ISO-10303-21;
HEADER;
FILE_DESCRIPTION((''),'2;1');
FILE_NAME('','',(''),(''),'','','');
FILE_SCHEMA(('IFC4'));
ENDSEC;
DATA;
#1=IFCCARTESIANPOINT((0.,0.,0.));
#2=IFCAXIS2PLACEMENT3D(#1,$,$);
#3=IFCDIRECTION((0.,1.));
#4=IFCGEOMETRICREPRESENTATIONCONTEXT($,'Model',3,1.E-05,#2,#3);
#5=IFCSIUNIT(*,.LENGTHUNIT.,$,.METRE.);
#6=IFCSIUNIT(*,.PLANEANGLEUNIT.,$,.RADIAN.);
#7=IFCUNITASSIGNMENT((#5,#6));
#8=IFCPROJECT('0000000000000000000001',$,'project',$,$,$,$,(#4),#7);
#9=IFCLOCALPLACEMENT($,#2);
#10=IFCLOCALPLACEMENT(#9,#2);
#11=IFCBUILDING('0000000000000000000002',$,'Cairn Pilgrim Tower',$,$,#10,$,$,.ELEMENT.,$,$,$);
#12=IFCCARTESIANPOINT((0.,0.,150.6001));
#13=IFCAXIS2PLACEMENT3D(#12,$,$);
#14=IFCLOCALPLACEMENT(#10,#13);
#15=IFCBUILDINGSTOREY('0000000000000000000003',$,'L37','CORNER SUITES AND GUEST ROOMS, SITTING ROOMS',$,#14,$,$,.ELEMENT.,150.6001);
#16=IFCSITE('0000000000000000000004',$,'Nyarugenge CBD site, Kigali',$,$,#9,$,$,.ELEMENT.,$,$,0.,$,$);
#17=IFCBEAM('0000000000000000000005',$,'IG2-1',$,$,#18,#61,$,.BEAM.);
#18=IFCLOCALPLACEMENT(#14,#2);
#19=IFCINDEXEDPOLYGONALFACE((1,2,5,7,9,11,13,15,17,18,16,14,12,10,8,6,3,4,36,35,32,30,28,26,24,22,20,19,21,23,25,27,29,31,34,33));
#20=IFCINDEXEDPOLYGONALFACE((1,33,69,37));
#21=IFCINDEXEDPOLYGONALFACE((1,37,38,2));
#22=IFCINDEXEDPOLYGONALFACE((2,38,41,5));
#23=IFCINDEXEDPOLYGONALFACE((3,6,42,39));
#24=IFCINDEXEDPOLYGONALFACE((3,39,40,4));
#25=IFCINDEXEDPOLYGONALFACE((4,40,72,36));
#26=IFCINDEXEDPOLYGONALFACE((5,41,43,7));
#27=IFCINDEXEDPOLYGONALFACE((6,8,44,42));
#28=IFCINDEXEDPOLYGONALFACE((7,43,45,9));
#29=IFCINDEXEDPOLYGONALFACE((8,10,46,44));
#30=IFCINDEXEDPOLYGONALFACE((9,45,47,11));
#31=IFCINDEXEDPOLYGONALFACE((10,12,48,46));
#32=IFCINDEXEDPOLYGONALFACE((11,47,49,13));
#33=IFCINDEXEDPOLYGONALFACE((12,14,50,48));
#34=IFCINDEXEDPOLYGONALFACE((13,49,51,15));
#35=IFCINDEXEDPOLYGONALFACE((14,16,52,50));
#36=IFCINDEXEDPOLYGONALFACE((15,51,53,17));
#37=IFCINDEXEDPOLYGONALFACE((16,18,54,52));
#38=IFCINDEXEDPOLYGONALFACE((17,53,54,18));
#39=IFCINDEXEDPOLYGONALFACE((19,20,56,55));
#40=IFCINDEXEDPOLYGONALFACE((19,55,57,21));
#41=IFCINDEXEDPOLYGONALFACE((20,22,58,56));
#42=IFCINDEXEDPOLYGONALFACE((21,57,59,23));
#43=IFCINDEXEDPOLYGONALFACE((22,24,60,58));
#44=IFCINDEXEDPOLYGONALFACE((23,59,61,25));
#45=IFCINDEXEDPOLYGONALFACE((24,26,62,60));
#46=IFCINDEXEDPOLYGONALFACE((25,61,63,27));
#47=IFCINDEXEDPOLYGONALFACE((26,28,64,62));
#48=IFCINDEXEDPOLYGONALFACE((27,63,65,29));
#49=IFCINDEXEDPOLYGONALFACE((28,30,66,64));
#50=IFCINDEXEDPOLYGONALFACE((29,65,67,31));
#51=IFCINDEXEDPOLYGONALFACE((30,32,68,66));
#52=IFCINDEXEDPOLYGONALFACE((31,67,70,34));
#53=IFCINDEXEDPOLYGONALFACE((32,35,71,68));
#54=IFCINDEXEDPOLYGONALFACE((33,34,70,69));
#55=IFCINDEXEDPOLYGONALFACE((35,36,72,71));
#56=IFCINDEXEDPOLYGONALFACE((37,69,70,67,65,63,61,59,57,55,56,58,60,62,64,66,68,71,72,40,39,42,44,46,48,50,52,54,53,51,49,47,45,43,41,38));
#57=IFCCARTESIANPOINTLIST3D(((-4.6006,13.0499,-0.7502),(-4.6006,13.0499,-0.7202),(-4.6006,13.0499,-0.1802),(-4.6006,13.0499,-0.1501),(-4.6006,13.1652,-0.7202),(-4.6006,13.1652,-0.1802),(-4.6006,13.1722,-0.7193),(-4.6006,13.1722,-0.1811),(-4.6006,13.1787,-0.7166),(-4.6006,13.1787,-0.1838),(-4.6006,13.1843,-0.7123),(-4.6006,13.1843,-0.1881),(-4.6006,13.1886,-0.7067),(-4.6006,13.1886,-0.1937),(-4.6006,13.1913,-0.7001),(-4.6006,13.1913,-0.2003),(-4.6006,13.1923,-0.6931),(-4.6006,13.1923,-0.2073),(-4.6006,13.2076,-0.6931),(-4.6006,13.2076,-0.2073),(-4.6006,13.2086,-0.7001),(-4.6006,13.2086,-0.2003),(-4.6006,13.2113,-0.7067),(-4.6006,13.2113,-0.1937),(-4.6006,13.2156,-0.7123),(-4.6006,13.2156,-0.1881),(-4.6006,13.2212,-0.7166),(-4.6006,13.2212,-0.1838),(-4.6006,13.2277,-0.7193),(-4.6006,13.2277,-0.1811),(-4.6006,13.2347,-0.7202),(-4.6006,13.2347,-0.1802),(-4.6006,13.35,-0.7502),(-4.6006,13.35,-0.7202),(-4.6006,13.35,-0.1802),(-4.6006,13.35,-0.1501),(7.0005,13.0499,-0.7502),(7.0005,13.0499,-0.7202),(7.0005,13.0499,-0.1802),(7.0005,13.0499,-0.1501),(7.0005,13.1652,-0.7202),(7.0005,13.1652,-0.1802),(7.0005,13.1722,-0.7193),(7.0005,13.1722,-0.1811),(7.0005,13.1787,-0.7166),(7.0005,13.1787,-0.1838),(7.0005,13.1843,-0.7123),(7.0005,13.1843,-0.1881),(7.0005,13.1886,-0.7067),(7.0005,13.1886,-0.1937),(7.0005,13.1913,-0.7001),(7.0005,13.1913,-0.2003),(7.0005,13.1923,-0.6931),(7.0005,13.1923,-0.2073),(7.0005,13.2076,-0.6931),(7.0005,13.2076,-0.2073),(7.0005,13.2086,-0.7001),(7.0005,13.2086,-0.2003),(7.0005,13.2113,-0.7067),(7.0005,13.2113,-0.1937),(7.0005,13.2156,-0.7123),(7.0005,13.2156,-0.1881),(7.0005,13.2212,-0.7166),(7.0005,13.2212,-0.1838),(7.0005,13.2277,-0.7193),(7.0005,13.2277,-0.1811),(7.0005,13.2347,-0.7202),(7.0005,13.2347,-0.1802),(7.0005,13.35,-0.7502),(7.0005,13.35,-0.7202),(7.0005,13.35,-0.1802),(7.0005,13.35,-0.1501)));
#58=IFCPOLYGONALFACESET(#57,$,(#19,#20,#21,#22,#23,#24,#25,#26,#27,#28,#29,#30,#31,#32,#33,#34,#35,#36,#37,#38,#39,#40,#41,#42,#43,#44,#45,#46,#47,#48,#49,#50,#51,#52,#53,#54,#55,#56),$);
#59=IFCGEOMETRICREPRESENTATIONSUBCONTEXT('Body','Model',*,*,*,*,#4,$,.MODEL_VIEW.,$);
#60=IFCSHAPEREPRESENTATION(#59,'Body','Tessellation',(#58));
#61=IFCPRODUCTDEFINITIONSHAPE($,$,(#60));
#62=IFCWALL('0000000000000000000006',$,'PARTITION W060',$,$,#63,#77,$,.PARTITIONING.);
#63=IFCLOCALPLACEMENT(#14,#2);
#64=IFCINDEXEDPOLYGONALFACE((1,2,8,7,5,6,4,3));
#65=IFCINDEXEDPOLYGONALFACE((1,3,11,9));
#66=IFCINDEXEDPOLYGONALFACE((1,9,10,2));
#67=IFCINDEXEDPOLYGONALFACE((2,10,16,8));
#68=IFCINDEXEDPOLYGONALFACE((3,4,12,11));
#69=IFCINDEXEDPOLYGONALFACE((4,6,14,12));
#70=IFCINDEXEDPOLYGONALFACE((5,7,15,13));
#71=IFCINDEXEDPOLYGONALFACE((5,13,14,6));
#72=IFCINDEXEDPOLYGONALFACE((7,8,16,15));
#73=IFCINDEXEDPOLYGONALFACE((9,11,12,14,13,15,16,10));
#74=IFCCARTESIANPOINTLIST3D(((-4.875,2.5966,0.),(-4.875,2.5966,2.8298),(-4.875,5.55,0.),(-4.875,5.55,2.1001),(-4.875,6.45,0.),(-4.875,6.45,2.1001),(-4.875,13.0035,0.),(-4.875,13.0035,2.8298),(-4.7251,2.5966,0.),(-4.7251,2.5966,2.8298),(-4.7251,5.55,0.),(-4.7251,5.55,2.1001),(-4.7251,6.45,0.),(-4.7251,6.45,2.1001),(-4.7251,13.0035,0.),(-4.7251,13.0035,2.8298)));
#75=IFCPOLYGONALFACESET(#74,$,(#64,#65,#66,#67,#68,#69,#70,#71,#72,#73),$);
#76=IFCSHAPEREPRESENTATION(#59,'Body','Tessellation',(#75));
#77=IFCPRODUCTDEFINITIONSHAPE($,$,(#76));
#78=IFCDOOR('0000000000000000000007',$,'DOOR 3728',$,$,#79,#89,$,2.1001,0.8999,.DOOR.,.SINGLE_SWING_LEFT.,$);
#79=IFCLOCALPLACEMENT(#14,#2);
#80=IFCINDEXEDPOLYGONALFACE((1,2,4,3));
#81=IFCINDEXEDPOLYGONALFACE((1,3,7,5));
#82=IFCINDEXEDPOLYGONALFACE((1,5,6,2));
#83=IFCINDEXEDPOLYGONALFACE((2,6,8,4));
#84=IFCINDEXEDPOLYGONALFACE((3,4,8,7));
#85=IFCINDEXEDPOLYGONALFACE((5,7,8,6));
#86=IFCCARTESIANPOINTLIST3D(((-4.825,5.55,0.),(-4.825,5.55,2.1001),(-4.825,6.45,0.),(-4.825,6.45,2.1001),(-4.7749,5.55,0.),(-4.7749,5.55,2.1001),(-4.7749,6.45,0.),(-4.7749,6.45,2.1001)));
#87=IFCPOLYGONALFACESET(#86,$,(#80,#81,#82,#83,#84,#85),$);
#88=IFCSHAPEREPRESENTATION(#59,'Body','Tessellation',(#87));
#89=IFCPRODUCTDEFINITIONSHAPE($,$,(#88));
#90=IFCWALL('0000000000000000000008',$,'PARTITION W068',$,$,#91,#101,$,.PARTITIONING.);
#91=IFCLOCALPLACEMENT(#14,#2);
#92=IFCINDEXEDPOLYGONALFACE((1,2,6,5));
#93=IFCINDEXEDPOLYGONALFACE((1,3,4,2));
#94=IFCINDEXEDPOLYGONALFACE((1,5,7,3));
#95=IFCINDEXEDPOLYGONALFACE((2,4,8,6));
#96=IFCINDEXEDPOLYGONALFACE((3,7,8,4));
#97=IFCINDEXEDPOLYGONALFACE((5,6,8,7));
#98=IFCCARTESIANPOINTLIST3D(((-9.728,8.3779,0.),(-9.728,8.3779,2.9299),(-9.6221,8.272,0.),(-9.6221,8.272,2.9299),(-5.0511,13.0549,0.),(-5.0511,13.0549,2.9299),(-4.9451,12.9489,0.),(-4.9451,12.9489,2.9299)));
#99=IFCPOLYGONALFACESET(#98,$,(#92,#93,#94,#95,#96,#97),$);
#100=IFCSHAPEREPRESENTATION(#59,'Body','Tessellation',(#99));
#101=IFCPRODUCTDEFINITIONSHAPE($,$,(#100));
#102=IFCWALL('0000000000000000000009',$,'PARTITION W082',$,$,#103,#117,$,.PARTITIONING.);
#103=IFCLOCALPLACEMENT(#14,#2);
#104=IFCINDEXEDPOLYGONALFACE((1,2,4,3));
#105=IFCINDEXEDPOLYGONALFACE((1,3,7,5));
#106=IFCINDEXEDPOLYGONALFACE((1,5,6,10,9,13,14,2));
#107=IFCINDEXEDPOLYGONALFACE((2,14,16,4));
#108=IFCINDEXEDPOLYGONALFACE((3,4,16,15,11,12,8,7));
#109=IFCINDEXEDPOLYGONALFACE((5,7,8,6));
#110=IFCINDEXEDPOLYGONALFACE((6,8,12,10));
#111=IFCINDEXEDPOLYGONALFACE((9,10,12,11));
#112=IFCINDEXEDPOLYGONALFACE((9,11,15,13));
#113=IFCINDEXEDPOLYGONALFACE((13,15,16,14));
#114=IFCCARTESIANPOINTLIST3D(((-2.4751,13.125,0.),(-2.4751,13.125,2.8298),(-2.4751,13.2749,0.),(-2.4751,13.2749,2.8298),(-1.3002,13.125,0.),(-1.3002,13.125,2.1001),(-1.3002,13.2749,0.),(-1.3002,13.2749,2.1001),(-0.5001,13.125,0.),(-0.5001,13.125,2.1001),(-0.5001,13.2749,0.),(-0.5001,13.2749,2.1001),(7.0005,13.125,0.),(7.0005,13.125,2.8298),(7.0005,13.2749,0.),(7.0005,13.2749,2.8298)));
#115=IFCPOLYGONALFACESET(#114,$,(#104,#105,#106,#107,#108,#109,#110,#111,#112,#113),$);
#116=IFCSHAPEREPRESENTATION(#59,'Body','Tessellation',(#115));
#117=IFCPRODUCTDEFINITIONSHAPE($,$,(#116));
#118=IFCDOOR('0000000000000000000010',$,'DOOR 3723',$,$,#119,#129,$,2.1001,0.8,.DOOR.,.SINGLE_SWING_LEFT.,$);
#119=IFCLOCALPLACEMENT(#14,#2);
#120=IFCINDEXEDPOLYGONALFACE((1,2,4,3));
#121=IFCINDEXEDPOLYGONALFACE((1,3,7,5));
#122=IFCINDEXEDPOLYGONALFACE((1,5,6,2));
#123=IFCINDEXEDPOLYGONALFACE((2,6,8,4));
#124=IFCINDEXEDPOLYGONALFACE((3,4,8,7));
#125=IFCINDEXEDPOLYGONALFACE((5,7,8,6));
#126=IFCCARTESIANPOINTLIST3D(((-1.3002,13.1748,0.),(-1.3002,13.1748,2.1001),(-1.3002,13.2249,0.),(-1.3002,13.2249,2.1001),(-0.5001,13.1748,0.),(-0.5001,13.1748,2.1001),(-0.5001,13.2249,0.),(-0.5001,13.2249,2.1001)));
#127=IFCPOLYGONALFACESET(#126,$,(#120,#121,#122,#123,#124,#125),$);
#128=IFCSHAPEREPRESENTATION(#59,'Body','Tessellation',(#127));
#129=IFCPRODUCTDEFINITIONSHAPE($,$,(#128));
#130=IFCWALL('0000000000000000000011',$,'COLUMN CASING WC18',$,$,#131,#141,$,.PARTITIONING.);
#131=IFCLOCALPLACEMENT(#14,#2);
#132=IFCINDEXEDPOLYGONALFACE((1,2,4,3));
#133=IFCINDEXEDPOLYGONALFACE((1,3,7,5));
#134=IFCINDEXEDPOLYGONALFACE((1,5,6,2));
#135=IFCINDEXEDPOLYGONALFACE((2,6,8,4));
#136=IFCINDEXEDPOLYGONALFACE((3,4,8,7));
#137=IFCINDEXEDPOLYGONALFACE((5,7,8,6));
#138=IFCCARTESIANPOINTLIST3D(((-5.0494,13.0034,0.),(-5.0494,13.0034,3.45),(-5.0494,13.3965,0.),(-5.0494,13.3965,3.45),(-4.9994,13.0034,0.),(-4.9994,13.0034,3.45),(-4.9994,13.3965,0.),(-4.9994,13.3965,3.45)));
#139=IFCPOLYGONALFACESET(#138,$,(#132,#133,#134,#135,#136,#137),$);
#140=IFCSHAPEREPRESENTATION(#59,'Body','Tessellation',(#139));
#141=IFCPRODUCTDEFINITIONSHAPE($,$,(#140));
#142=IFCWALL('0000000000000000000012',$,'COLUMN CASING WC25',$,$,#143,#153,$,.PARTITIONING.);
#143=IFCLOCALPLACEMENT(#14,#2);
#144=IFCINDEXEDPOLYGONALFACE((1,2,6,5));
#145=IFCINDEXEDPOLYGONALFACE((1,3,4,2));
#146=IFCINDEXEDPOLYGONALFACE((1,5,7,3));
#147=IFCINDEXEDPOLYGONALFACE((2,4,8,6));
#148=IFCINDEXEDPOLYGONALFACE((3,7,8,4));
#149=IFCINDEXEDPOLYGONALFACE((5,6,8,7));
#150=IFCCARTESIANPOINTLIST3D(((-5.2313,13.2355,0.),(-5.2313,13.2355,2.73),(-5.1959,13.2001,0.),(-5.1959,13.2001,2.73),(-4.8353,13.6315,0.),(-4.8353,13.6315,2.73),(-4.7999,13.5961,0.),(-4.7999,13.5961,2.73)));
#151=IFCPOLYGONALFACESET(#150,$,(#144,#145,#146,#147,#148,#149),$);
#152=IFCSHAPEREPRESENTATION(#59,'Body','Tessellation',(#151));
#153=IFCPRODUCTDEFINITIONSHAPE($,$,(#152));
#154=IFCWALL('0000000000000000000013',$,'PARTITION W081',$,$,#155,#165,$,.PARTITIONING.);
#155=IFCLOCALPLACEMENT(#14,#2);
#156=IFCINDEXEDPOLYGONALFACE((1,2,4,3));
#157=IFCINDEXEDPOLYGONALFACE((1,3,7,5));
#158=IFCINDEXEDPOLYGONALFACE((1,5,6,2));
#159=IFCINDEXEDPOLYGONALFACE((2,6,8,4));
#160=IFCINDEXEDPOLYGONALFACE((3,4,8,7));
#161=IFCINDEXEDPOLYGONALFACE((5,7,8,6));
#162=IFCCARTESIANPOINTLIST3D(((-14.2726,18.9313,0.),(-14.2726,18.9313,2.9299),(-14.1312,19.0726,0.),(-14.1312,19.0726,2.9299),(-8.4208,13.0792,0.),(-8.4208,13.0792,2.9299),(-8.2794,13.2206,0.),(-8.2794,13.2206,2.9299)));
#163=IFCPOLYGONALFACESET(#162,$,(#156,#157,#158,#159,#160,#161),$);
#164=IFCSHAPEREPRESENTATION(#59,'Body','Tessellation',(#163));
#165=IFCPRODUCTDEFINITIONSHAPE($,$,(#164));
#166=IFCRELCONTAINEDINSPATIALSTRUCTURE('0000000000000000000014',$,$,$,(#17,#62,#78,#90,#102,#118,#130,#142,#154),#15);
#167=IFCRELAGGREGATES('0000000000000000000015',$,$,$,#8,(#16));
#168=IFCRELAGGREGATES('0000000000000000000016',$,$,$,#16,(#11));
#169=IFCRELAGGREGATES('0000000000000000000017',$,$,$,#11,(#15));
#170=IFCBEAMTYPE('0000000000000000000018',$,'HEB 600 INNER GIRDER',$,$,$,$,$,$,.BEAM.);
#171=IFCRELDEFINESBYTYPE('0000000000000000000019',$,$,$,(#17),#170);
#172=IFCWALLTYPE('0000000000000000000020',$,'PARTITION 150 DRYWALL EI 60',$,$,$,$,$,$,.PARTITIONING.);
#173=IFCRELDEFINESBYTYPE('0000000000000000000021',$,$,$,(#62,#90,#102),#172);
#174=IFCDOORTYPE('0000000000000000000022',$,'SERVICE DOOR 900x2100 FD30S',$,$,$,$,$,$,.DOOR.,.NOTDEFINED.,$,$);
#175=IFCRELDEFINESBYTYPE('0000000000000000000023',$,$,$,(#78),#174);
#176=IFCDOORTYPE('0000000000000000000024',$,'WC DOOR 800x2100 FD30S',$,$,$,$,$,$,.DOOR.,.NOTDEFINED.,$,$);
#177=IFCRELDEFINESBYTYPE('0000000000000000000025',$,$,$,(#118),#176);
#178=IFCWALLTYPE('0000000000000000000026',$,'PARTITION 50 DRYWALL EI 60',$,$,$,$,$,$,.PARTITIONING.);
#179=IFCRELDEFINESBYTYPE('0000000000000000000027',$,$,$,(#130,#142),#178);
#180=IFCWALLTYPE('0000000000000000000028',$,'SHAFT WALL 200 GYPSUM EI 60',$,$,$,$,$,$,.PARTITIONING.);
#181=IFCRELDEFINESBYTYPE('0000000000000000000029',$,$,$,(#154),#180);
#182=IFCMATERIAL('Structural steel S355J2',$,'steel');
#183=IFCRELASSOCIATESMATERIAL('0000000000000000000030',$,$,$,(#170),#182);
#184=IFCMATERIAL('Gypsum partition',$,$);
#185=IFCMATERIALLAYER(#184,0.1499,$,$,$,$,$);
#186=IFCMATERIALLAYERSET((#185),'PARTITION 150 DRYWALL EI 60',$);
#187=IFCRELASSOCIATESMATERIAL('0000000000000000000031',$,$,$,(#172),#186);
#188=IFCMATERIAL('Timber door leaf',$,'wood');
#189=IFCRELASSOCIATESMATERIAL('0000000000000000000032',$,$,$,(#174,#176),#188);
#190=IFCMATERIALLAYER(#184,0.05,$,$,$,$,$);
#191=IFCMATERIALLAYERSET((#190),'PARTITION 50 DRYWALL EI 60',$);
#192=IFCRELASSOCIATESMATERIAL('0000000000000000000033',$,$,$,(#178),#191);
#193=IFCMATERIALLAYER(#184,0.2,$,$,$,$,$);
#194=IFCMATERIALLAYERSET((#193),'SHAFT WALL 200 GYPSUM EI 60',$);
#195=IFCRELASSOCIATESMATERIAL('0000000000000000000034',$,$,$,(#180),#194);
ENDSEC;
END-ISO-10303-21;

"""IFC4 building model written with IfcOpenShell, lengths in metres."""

from ifc_helpers import new_model, si_unit, direction, frame, frame_2d, origin, origin_2d, place, context, subcontext, project, spatial, rectangle, i_section, extrude, material, layer, layer_set, material_profile, profile_set, type_object, element, fill, save


model = new_model("IFC4")

# Units and contexts
model_context = context("Model", 3, precision=1e-05, world=origin(), true_north=direction((0.0, 1.0)))
body_context = subcontext(model_context, "Body", "Model", "MODEL_VIEW")
ifc_project = project(units=[si_unit("LENGTHUNIT", "METRE"), si_unit("PLANEANGLEUNIT", "RADIAN")], contexts=[model_context])

# Site, building, storey
site_placement = place(None, origin())
site = spatial("IfcSite", under=ifc_project, at=site_placement, Name="Nyarugenge CBD site, Kigali", CompositionType="ELEMENT", RefElevation=0.0)
building_placement = place(site_placement, origin())
building = spatial("IfcBuilding", under=site, at=building_placement, Name="Cairn Pilgrim Tower", CompositionType="ELEMENT")
storey_placement = place(building_placement, frame((0.0, 0.0, 150.6001)))
storey = spatial("IfcBuildingStorey", under=building, at=storey_placement, Name="L37", Description="CORNER SUITES AND GUEST ROOMS, SITTING ROOMS", CompositionType="ELEMENT", Elevation=150.6001)

# Shared definitions
ifc_material_1 = material(Name="Structural steel S355J2", Category="steel")

# Beam
ifc_material_profile_1 = material_profile(ifc_material_1, i_section(OverallWidth=0.3, OverallDepth=0.6001, WebThickness=0.0154, FlangeThickness=0.03, FilletRadius=0.0271, at=origin_2d()), Name="HEB 600")
ifc_profile_set_1 = profile_set([ifc_material_profile_1], Name="Structural steel S355J2")
beam_type_1 = type_object("IfcBeamType", Name="HEB 600 INNER GIRDER", PredefinedType="BEAM", material=ifc_profile_set_1)
beam_1_placement = place(storey_placement, frame((-4.6006, 13.2, -0.4502), z_axis=(1.0, 0.0, 0.0), x_axis=(0.0, 1.0, 0.0)))
element("IfcBeam", 1, at=beam_1_placement, inside=storey, type_object=beam_type_1, Name="IG2-1", PredefinedType="BEAM", context=body_context, shape_type="SweptSolid", body=[
    extrude(i_section(OverallWidth=0.3, OverallDepth=0.6001, WebThickness=0.0154, FlangeThickness=0.03, FilletRadius=0.0271, at=origin_2d()), origin(), (0.0, 0.0, 1.0), 11.6011),
])

# Wall, opening, door
ifc_material_2 = material(Name="Gypsum partition")
ifc_layer_1 = layer(ifc_material_2, 0.1499)
ifc_layer_set_1 = layer_set([ifc_layer_1], Name="PARTITION 150 DRYWALL EI 60")
wall_type_1 = type_object("IfcWallType", Name="PARTITION 150 DRYWALL EI 60", PredefinedType="PARTITIONING", material=ifc_layer_set_1)
wall_1_placement = place(storey_placement, frame((-4.8, 2.5964, 0.0), z_axis=(0.0, 0.0, 1.0), x_axis=(0.0, 1.0, 0.0)))
wall_1 = element("IfcWall", 2, at=wall_1_placement, inside=storey, type_object=wall_type_1, Name="PARTITION W060", PredefinedType="PARTITIONING", context=body_context, shape_type="SweptSolid", body=[
    extrude(rectangle(XDim=10.407, YDim=0.1499, at=frame_2d((5.2036, 0.0))), origin(), (0.0, 0.0, 1.0), 2.8298),
])
opening_1_placement = place(wall_1_placement, frame((2.9536, 0.0, 0.0)))
opening_1 = element("IfcOpeningElement", 3, at=opening_1_placement, cuts=wall_1, PredefinedType="OPENING", context=body_context, shape_type="SweptSolid", body=[
    extrude(rectangle(XDim=0.8999, YDim=2.1001, at=frame_2d((0.45, 1.05))), frame((0.0, 0.085, 0.0), z_axis=(0.0, -1.0, 0.0), x_axis=(1.0, 0.0, 0.0)), (0.0, 0.0, 1.0), 0.1699),
])
ifc_material_3 = material(Name="Timber door leaf", Category="wood")
door_type_1 = type_object("IfcDoorType", Name="SERVICE DOOR 900x2100 FD30S", OperationType="NOTDEFINED", PredefinedType="DOOR", material=ifc_material_3)
door_1_placement = place(opening_1_placement, origin())
door_1 = element("IfcDoor", 4, at=door_1_placement, inside=storey, type_object=door_type_1, Name="DOOR 3728", OperationType="SINGLE_SWING_LEFT", OverallHeight=2.1001, OverallWidth=0.8999, PredefinedType="DOOR", context=body_context, shape_type="SweptSolid", body=[
    extrude(rectangle(XDim=0.8999, YDim=2.1001, at=frame_2d((0.45, 1.05))), frame((0.0, 0.0249, 0.0), z_axis=(0.0, -1.0, 0.0), x_axis=(1.0, 0.0, 0.0)), (0.0, 0.0, 1.0), 0.05),
])
fill(opening_1, door_1)

# Wall
wall_2_placement = place(storey_placement, frame((-9.675, 8.325, 0.0), z_axis=(0.0, 0.0, 1.0), x_axis=(0.707107, 0.707107, 0.0)))
element("IfcWall", 5, at=wall_2_placement, inside=storey, type_object=wall_type_1, Name="PARTITION W068", PredefinedType="PARTITIONING", context=body_context, shape_type="SweptSolid", body=[
    extrude(rectangle(XDim=6.6143, YDim=0.1499, at=frame_2d((3.3071, 0.0))), origin(), (0.0, 0.0, 1.0), 2.9299),
])

# Wall, opening, door
wall_3_placement = place(storey_placement, frame((-2.4751, 13.2, 0.0), z_axis=(0.0, 0.0, 1.0), x_axis=(1.0, 0.0, 0.0)))
wall_3 = element("IfcWall", 6, at=wall_3_placement, inside=storey, type_object=wall_type_1, Name="PARTITION W082", PredefinedType="PARTITIONING", context=body_context, shape_type="SweptSolid", body=[
    extrude(rectangle(XDim=9.4756, YDim=0.1499, at=frame_2d((4.7378, 0.0))), origin(), (0.0, 0.0, 1.0), 2.8298),
])
opening_2_placement = place(wall_3_placement, frame((1.175, 0.0, 0.0)))
opening_2 = element("IfcOpeningElement", 7, at=opening_2_placement, cuts=wall_3, PredefinedType="OPENING", context=body_context, shape_type="SweptSolid", body=[
    extrude(rectangle(XDim=0.8, YDim=2.1001, at=frame_2d((0.3999, 1.05))), frame((0.0, 0.085, 0.0), z_axis=(0.0, -1.0, 0.0), x_axis=(1.0, 0.0, 0.0)), (0.0, 0.0, 1.0), 0.1699),
])
door_type_2 = type_object("IfcDoorType", Name="WC DOOR 800x2100 FD30S", OperationType="NOTDEFINED", PredefinedType="DOOR", material=ifc_material_3)
door_2_placement = place(opening_2_placement, origin())
door_2 = element("IfcDoor", 8, at=door_2_placement, inside=storey, type_object=door_type_2, Name="DOOR 3723", OperationType="SINGLE_SWING_LEFT", OverallHeight=2.1001, OverallWidth=0.8, PredefinedType="DOOR", context=body_context, shape_type="SweptSolid", body=[
    extrude(rectangle(XDim=0.8, YDim=2.1001, at=frame_2d((0.3999, 1.05))), frame((0.0, 0.0249, 0.0), z_axis=(0.0, -1.0, 0.0), x_axis=(1.0, 0.0, 0.0)), (0.0, 0.0, 1.0), 0.05),
])
fill(opening_2, door_2)

# Walls
ifc_layer_2 = layer(ifc_material_2, 0.05)
ifc_layer_set_2 = layer_set([ifc_layer_2], Name="PARTITION 50 DRYWALL EI 60")
wall_type_2 = type_object("IfcWallType", Name="PARTITION 50 DRYWALL EI 60", PredefinedType="PARTITIONING", material=ifc_layer_set_2)
wall_4_placement = place(storey_placement, frame((-5.0244, 13.0034, 0.0), z_axis=(0.0, 0.0, 1.0), x_axis=(0.0, 1.0, 0.0)))
element("IfcWall", 9, at=wall_4_placement, inside=storey, type_object=wall_type_2, Name="COLUMN CASING WC18", PredefinedType="PARTITIONING", context=body_context, shape_type="SweptSolid", body=[
    extrude(rectangle(XDim=0.3931, YDim=0.05, at=frame_2d((0.1965, 0.0))), origin(), (0.0, 0.0, 1.0), 3.45),
])
wall_5_placement = place(storey_placement, frame((-5.2136, 13.2178, 0.0), z_axis=(0.0, 0.0, 1.0), x_axis=(0.707107, 0.707107, 0.0)))
element("IfcWall", 10, at=wall_5_placement, inside=storey, type_object=wall_type_2, Name="COLUMN CASING WC25", PredefinedType="PARTITIONING", context=body_context, shape_type="SweptSolid", body=[
    extrude(rectangle(XDim=0.5601, YDim=0.05, at=frame_2d((0.28, 0.0))), origin(), (0.0, 0.0, 1.0), 2.73),
])
ifc_layer_3 = layer(ifc_material_2, 0.2)
ifc_layer_set_3 = layer_set([ifc_layer_3], Name="SHAFT WALL 200 GYPSUM EI 60")
wall_type_3 = type_object("IfcWallType", Name="SHAFT WALL 200 GYPSUM EI 60", PredefinedType="PARTITIONING", material=ifc_layer_set_3)
wall_6_placement = place(storey_placement, frame((-8.3501, 13.1499, 0.0), z_axis=(0.0, 0.0, 1.0), x_axis=(-0.707092, 0.707122, 0.0)))
element("IfcWall", 11, at=wall_6_placement, inside=storey, type_object=wall_type_3, Name="PARTITION W081", PredefinedType="PARTITIONING", context=body_context, shape_type="SweptSolid", body=[
    extrude(rectangle(XDim=8.2759, YDim=0.2, at=frame_2d((4.1379, 0.0))), origin(), (0.0, 0.0, 1.0), 2.9299),
])

save(model, "model.ifc")
